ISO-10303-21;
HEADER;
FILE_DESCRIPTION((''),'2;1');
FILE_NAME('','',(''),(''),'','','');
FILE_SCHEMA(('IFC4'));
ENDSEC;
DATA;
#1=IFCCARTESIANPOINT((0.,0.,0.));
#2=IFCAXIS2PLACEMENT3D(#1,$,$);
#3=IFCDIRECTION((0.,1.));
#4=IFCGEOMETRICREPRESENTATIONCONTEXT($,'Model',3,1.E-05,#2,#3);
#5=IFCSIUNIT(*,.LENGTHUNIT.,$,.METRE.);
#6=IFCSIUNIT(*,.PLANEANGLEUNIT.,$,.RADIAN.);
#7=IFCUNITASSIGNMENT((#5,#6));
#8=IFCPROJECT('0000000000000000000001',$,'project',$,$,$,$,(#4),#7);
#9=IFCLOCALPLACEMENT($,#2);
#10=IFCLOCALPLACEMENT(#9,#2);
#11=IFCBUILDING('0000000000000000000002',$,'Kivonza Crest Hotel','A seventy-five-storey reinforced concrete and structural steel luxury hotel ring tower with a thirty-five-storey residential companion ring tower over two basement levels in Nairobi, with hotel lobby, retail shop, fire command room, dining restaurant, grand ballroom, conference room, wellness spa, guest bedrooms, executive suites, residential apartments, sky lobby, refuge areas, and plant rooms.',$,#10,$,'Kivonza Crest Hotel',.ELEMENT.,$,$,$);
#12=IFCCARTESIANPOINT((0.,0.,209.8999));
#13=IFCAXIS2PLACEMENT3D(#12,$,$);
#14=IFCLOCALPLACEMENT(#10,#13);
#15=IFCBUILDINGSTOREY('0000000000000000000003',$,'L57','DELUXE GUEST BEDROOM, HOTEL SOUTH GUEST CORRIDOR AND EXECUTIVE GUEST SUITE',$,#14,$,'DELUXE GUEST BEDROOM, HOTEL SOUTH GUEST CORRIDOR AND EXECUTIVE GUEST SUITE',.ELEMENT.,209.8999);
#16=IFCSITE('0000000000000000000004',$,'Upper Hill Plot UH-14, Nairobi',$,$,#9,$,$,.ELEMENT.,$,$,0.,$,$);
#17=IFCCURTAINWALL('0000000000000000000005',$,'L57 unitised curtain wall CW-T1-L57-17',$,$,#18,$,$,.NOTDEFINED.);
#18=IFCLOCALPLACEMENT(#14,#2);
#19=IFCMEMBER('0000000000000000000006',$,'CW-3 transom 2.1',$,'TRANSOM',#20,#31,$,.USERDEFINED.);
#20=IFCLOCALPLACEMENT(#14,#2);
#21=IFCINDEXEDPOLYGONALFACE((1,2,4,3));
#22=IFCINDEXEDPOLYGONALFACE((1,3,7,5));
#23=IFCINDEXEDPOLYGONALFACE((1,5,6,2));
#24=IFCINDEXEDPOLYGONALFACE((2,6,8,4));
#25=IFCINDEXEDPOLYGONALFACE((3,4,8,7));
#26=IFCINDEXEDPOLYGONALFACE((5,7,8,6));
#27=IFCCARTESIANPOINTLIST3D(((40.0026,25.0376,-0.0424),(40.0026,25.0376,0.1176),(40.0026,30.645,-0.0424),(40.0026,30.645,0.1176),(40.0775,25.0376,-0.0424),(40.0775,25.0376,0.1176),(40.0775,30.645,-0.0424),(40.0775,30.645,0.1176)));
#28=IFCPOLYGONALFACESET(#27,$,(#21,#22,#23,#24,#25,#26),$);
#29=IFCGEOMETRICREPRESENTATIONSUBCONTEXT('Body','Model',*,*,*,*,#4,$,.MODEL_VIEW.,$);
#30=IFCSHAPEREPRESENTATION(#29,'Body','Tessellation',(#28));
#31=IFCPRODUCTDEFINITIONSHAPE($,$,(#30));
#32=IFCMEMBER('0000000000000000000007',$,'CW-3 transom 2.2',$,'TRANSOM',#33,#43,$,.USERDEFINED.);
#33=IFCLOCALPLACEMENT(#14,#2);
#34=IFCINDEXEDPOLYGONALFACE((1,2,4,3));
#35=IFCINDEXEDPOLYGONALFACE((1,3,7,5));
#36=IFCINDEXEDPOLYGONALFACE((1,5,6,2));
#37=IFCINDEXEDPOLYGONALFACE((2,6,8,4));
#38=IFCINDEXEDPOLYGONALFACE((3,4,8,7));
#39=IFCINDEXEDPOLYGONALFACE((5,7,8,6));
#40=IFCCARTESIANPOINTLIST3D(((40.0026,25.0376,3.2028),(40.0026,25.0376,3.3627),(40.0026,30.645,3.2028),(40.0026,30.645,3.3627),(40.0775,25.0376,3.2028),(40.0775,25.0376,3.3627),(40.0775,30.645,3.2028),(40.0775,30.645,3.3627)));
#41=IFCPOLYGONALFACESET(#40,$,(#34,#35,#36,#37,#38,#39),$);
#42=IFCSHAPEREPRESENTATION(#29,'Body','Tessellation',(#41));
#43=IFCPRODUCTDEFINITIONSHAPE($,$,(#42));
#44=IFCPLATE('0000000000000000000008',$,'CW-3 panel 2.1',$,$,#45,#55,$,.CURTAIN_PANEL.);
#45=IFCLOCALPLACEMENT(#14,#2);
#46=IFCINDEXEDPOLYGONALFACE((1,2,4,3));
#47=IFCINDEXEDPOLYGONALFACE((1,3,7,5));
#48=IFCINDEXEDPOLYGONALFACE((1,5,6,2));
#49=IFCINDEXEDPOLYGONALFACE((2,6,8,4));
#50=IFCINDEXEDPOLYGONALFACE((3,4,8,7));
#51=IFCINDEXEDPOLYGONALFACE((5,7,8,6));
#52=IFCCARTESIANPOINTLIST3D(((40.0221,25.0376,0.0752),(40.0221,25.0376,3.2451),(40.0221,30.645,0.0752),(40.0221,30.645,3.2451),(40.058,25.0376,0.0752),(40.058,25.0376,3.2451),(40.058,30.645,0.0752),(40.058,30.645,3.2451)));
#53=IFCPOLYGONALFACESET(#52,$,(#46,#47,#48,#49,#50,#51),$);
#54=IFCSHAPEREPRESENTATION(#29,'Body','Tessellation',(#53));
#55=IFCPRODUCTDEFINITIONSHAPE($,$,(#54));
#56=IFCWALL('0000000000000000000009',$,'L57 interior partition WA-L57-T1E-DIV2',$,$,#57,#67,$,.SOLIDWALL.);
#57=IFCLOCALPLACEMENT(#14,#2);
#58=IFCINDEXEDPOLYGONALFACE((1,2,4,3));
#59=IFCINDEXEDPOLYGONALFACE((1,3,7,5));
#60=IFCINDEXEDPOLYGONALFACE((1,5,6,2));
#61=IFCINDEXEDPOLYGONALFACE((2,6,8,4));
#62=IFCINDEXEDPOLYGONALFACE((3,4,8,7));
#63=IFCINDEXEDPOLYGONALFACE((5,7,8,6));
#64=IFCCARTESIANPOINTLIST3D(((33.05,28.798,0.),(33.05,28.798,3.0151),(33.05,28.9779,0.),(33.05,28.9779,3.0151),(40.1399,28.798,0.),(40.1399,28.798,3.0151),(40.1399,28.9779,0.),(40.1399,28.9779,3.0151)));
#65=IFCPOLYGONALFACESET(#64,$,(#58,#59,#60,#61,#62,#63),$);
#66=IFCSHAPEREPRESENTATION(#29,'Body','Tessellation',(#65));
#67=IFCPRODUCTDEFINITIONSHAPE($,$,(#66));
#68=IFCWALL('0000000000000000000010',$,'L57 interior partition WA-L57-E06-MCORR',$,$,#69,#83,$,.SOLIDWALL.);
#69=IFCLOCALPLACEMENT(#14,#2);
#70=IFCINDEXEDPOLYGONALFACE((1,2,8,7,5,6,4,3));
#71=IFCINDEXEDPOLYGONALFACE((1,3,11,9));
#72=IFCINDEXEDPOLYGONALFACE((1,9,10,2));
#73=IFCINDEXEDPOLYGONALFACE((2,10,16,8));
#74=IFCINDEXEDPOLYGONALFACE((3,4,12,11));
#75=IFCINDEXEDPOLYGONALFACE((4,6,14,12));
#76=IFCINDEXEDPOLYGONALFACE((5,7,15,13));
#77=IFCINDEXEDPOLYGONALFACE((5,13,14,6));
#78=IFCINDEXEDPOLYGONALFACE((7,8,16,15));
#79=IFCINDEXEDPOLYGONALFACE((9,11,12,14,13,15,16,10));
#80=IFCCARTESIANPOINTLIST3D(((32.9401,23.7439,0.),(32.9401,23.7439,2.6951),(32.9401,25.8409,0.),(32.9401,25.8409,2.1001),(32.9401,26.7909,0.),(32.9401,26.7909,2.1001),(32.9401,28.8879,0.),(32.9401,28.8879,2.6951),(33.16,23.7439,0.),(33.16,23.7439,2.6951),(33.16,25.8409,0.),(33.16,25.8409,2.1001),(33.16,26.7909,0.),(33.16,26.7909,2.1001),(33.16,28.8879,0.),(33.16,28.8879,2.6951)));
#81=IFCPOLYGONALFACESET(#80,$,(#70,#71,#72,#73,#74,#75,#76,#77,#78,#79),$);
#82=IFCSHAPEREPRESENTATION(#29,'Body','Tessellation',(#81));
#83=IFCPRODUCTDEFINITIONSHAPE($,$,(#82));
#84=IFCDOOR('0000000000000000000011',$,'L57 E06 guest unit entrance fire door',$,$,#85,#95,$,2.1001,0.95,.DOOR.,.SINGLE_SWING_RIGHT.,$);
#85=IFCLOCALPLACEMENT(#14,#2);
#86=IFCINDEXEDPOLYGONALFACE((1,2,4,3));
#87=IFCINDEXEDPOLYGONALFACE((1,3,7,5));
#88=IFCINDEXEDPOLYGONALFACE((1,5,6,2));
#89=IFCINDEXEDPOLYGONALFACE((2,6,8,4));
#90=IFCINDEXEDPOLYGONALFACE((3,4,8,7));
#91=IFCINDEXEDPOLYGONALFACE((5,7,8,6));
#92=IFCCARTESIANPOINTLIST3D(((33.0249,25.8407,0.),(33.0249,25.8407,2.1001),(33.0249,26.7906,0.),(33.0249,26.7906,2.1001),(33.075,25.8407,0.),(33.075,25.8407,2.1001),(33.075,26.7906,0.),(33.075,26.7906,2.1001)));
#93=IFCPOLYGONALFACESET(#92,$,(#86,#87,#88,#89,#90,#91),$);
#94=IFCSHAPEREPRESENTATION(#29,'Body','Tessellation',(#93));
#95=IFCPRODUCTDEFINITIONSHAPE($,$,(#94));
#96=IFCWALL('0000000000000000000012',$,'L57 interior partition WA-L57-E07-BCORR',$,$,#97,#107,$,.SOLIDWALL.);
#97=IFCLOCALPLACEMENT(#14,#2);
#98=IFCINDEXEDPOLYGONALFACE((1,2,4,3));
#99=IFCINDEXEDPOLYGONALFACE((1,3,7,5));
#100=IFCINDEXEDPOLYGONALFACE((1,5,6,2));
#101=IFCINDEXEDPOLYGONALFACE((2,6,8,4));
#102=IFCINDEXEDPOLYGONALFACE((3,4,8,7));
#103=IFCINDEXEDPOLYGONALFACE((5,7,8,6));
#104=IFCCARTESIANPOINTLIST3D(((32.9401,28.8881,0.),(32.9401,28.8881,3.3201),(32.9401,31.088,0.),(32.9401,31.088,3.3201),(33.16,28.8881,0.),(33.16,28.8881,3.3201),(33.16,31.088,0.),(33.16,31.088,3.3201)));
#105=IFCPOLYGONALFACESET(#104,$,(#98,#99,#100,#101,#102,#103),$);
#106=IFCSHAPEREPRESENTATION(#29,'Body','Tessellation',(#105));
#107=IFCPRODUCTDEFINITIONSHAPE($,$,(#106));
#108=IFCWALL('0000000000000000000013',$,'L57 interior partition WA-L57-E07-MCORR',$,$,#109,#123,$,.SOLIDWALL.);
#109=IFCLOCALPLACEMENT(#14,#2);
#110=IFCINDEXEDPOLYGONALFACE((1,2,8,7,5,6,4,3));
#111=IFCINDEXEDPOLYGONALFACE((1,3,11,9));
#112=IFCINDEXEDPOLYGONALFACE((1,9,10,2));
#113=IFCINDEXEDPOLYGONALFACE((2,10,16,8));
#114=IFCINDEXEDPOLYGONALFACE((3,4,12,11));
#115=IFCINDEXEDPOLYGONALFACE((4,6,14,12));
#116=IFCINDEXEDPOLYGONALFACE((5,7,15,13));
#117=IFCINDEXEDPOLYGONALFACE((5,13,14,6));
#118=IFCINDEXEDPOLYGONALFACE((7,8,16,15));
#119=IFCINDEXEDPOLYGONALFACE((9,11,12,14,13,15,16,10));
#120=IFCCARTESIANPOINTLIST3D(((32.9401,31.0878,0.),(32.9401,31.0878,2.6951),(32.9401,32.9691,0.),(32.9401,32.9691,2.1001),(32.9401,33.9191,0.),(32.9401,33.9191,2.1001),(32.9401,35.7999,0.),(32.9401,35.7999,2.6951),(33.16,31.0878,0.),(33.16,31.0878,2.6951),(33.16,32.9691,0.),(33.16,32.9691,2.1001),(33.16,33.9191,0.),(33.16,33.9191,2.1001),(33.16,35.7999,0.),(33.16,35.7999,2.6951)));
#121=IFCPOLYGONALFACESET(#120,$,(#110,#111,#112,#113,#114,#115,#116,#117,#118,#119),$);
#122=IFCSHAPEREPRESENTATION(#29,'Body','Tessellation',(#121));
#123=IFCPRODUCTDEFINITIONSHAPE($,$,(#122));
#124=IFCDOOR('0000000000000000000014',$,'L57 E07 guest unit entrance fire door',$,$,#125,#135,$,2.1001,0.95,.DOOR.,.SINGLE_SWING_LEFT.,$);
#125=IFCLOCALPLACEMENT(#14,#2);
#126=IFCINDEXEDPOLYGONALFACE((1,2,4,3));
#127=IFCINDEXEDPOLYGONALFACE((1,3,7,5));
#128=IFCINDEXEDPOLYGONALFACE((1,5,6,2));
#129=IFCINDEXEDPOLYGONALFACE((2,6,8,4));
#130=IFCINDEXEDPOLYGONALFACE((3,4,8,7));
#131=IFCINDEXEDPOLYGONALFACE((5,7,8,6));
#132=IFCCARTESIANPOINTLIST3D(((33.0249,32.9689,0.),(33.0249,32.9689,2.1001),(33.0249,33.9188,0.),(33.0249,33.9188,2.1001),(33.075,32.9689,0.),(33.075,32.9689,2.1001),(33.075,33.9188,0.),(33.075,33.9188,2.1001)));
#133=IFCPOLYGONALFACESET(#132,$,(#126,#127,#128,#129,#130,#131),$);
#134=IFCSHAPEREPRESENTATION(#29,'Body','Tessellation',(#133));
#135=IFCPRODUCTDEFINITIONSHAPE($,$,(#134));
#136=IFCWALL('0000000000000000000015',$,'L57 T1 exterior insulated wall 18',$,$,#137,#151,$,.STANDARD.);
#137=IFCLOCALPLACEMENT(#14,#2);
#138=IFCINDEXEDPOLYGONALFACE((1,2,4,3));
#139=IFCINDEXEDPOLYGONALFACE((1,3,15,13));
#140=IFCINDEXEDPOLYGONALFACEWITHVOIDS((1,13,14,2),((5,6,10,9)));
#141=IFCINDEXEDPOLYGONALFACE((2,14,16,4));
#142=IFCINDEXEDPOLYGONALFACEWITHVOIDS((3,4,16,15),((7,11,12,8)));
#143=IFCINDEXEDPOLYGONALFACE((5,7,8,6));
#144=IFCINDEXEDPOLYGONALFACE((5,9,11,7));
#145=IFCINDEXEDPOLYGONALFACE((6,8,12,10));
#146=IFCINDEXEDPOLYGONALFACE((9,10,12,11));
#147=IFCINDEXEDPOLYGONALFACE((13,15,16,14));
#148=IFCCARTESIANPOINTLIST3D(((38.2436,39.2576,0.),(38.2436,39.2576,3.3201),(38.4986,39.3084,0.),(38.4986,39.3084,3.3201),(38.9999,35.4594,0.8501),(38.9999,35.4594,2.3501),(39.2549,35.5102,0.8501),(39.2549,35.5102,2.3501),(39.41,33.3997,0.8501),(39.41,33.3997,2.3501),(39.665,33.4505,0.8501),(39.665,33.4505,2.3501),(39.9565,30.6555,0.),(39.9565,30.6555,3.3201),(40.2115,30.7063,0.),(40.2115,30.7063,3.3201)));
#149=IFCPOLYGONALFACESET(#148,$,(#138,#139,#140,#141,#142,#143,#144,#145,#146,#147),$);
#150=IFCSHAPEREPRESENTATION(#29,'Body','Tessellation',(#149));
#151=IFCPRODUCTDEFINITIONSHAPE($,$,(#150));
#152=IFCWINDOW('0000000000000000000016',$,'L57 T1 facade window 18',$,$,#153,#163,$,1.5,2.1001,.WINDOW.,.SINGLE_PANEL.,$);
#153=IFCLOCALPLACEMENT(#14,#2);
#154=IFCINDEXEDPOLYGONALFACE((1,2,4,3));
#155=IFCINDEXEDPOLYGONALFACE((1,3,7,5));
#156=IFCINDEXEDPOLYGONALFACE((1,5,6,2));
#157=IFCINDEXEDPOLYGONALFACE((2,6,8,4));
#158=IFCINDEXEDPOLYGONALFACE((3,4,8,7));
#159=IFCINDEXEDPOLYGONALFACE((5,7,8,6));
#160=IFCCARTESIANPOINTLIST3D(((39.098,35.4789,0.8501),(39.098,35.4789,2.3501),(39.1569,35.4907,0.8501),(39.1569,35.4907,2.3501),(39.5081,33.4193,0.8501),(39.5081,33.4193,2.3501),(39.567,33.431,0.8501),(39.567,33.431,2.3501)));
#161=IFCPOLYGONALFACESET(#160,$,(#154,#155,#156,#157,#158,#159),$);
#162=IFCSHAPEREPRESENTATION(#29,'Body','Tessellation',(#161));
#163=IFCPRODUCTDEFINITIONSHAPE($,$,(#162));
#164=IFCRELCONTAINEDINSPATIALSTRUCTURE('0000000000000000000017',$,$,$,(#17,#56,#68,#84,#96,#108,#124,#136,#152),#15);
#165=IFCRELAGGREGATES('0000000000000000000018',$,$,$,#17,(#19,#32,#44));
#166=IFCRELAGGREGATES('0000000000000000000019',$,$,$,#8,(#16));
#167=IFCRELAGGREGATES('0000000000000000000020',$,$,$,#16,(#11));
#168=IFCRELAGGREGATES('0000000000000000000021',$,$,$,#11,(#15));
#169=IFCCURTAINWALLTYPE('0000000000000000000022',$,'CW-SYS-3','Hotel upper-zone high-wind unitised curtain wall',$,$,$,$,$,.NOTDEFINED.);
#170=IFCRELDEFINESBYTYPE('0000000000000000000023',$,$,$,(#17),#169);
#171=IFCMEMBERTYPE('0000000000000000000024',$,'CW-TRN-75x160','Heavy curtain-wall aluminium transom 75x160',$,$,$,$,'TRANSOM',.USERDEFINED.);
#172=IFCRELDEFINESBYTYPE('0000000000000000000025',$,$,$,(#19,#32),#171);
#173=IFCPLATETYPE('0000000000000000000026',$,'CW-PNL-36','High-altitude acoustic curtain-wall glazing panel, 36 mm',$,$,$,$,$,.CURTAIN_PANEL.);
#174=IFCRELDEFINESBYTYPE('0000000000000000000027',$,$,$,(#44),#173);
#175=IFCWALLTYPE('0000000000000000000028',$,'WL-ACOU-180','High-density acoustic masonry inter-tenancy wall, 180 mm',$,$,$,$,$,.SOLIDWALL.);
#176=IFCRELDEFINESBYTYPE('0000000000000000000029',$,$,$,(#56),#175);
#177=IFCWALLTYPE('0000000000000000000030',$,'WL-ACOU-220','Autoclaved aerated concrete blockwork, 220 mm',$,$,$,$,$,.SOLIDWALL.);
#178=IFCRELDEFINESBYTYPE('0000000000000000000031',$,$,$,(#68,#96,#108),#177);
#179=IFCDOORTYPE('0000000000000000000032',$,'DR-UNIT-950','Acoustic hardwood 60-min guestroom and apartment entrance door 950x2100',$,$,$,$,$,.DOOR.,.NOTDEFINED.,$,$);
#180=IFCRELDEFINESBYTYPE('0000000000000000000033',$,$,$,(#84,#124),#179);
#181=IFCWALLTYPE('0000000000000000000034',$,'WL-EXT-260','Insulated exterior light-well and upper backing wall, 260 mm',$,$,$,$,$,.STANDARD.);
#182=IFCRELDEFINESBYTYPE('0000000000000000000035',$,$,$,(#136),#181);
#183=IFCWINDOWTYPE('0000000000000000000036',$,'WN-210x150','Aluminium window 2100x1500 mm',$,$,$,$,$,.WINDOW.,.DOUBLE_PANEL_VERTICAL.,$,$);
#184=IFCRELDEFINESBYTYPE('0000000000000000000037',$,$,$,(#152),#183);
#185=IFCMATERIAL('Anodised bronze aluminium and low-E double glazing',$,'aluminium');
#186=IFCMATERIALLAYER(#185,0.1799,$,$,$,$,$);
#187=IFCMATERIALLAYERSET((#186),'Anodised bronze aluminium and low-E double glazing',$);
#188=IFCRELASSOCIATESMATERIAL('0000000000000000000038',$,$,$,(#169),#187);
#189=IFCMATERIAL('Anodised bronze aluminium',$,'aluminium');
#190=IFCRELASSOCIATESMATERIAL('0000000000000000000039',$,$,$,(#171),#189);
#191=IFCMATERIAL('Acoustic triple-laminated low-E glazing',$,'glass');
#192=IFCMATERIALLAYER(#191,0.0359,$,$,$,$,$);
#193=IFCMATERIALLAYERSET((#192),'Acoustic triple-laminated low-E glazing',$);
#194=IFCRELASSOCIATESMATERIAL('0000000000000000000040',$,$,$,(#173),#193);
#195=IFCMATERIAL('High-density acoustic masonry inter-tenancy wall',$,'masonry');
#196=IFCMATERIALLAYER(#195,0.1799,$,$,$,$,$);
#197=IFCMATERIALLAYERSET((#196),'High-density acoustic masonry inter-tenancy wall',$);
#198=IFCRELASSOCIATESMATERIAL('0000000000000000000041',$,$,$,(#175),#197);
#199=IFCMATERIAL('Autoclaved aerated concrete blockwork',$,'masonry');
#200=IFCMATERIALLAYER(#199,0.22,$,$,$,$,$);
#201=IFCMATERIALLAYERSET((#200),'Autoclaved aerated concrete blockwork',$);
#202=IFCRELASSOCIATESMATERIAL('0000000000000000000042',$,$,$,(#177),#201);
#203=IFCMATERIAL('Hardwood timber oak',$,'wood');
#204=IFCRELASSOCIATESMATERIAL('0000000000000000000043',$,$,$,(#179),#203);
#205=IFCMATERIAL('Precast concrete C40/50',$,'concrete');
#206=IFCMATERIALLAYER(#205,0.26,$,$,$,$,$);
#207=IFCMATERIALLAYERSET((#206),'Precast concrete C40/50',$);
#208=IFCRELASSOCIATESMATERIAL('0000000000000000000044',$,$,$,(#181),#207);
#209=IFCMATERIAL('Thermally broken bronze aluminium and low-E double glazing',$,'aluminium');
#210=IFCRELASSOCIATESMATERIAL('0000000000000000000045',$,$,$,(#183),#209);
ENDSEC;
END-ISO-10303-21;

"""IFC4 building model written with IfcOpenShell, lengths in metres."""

from ifc_helpers import new_model, si_unit, direction, frame, frame_2d, origin, origin_2d, place, context, subcontext, project, spatial, rectangle, extrude, material, layer, layer_set, material_profile, profile_set, type_object, element, fill, aggregate, save


model = new_model("IFC4")

# Units and contexts
model_context = context("Model", 3, precision=1e-05, world=origin(), true_north=direction((0.0, 1.0)))
body_context = subcontext(model_context, "Body", "Model", "MODEL_VIEW")
ifc_project = project(units=[si_unit("LENGTHUNIT", "METRE"), si_unit("PLANEANGLEUNIT", "RADIAN")], contexts=[model_context])

# Site, building, storey
site_placement = place(None, origin())
site = spatial("IfcSite", under=ifc_project, at=site_placement, Name="Upper Hill Plot UH-14, Nairobi", CompositionType="ELEMENT", RefElevation=0.0)
building_placement = place(site_placement, origin())
building = spatial("IfcBuilding", under=site, at=building_placement, Name="Kivonza Crest Hotel", Description="A seventy-five-storey reinforced concrete and structural steel luxury hotel ring tower with a thirty-five-storey residential companion ring tower over two basement levels in Nairobi, with hotel lobby, retail shop, fire command room, dining restaurant, grand ballroom, conference room, wellness spa, guest bedrooms, executive suites, residential apartments, sky lobby, refuge areas, and plant rooms.", LongName="Kivonza Crest Hotel", CompositionType="ELEMENT")
storey_placement = place(building_placement, frame((0.0, 0.0, 209.8999)))
storey = spatial("IfcBuildingStorey", under=building, at=storey_placement, Name="L57", Description="DELUXE GUEST BEDROOM, HOTEL SOUTH GUEST CORRIDOR AND EXECUTIVE GUEST SUITE", LongName="DELUXE GUEST BEDROOM, HOTEL SOUTH GUEST CORRIDOR AND EXECUTIVE GUEST SUITE", CompositionType="ELEMENT", Elevation=209.8999)

# Curtain wall, members, plate
ifc_material_1 = material(Name="Anodised bronze aluminium and low-E double glazing", Category="aluminium")
ifc_layer_1 = layer(ifc_material_1, 0.1799)
ifc_layer_set_1 = layer_set([ifc_layer_1], Name="Anodised bronze aluminium and low-E double glazing")
curtain_wall_type = type_object("IfcCurtainWallType", Name="CW-SYS-3", Description="Hotel upper-zone high-wind unitised curtain wall", PredefinedType="NOTDEFINED", material=ifc_layer_set_1)
curtain_wall_placement = place(storey_placement, origin())
curtain_wall = element("IfcCurtainWall", 1, at=curtain_wall_placement, inside=storey, type_object=curtain_wall_type, Name="L57 unitised curtain wall CW-T1-L57-17", PredefinedType="NOTDEFINED")
ifc_material_2 = material(Name="Anodised bronze aluminium", Category="aluminium")
ifc_material_profile_1 = material_profile(ifc_material_2, rectangle(XDim=0.075, YDim=0.1599, at=origin_2d()), Name="CW-T 75x160")
ifc_profile_set_1 = profile_set([ifc_material_profile_1], Name="Anodised bronze aluminium")
member_type_1 = type_object("IfcMemberType", Name="CW-TRN-75x160", Description="Heavy curtain-wall aluminium transom 75x160", ElementType="TRANSOM", PredefinedType="USERDEFINED", material=ifc_profile_set_1)
member_1_placement = place(storey_placement, frame((40.04, 25.0376, 0.0376), z_axis=(0.0, 1.0, 0.0), x_axis=(-1.0, 0.0, 0.0)))
member_1 = element("IfcMember", 2, at=member_1_placement, type_object=member_type_1, Name="CW-3 transom 2.1", ObjectType="TRANSOM", PredefinedType="USERDEFINED", context=body_context, shape_type="SweptSolid", body=[
    extrude(rectangle(XDim=0.075, YDim=0.1599, at=origin_2d()), origin(), (0.0, 0.0, 1.0), 5.6074),
])
member_2_placement = place(storey_placement, frame((40.04, 25.0376, 3.2827), z_axis=(0.0, 1.0, 0.0), x_axis=(-1.0, 0.0, 0.0)))
member_2 = element("IfcMember", 3, at=member_2_placement, type_object=member_type_1, Name="CW-3 transom 2.2", ObjectType="TRANSOM", PredefinedType="USERDEFINED", context=body_context, shape_type="SweptSolid", body=[
    extrude(rectangle(XDim=0.075, YDim=0.1599, at=origin_2d()), origin(), (0.0, 0.0, 1.0), 5.6074),
])
ifc_material_3 = material(Name="Acoustic triple-laminated low-E glazing", Category="glass")
ifc_layer_2 = layer(ifc_material_3, 0.0359)
ifc_layer_set_2 = layer_set([ifc_layer_2], Name="Acoustic triple-laminated low-E glazing")
plate_type = type_object("IfcPlateType", Name="CW-PNL-36", Description="High-altitude acoustic curtain-wall glazing panel, 36 mm", PredefinedType="CURTAIN_PANEL", material=ifc_layer_set_2)
plate_placement = place(storey_placement, frame((40.04, 27.8413, 0.0752), z_axis=(0.0, 0.0, 1.0), x_axis=(0.0, 1.0, 0.0)))
plate = element("IfcPlate", 4, at=plate_placement, type_object=plate_type, Name="CW-3 panel 2.1", PredefinedType="CURTAIN_PANEL", context=body_context, shape_type="SweptSolid", body=[
    extrude(rectangle(XDim=5.6074, YDim=0.0359, at=origin_2d()), origin(), (0.0, 0.0, 1.0), 3.1699),
])
aggregate(curtain_wall, [member_1, member_2, plate])

# Wall
ifc_material_4 = material(Name="High-density acoustic masonry inter-tenancy wall", Category="masonry")
ifc_layer_3 = layer(ifc_material_4, 0.1799)
ifc_layer_set_3 = layer_set([ifc_layer_3], Name="High-density acoustic masonry inter-tenancy wall")
wall_type_1 = type_object("IfcWallType", Name="WL-ACOU-180", Description="High-density acoustic masonry inter-tenancy wall, 180 mm", PredefinedType="SOLIDWALL", material=ifc_layer_set_3)
wall_1_placement = place(storey_placement, frame((33.05, 28.8879, 0.0), z_axis=(0.0, 0.0, 1.0), x_axis=(1.0, 0.0, 0.0)))
element("IfcWall", 5, at=wall_1_placement, inside=storey, type_object=wall_type_1, Name="L57 interior partition WA-L57-T1E-DIV2", PredefinedType="SOLIDWALL", context=body_context, shape_type="SweptSolid", body=[
    extrude(rectangle(XDim=7.0898, YDim=0.1799, at=frame_2d((3.5449, 0.0))), origin(), (0.0, 0.0, 1.0), 3.0151),
])

# Wall, opening, door
ifc_material_5 = material(Name="Autoclaved aerated concrete blockwork", Category="masonry")
ifc_layer_4 = layer(ifc_material_5, 0.22)
ifc_layer_set_4 = layer_set([ifc_layer_4], Name="Autoclaved aerated concrete blockwork")
wall_type_2 = type_object("IfcWallType", Name="WL-ACOU-220", Description="Autoclaved aerated concrete blockwork, 220 mm", PredefinedType="SOLIDWALL", material=ifc_layer_set_4)
wall_2_placement = place(storey_placement, frame((33.05, 23.7439, 0.0), z_axis=(0.0, 0.0, 1.0), x_axis=(0.0, 1.0, 0.0)))
wall_2 = element("IfcWall", 6, at=wall_2_placement, inside=storey, type_object=wall_type_2, Name="L57 interior partition WA-L57-E06-MCORR", PredefinedType="SOLIDWALL", context=body_context, shape_type="SweptSolid", body=[
    extrude(rectangle(XDim=5.144, YDim=0.22, at=frame_2d((2.572, 0.0))), origin(), (0.0, 0.0, 1.0), 2.6951),
])
opening_1_placement = place(wall_2_placement, frame((2.0969, 0.0, 0.0)))
opening_1 = element("IfcOpeningElement", 7, at=opening_1_placement, cuts=wall_2, PredefinedType="OPENING", context=body_context, shape_type="SweptSolid", body=[
    extrude(rectangle(XDim=0.95, YDim=2.1001, at=frame_2d((0.4751, 1.05))), frame((0.0, 0.1201, 0.0), z_axis=(0.0, -1.0, 0.0), x_axis=(1.0, 0.0, 0.0)), (0.0, 0.0, 1.0), 0.24),
])
ifc_material_6 = material(Name="Hardwood timber oak", Category="wood")
door_type_1 = type_object("IfcDoorType", Name="DR-UNIT-950", Description="Acoustic hardwood 60-min guestroom and apartment entrance door 950x2100", OperationType="NOTDEFINED", PredefinedType="DOOR", material=ifc_material_6)
door_1_placement = place(opening_1_placement, frame((0.95, 0.0, 0.0), z_axis=(0.0, 0.0, 1.0), x_axis=(-1.0, 0.0, 0.0)))
door_1 = element("IfcDoor", 8, at=door_1_placement, inside=storey, type_object=door_type_1, Name="L57 E06 guest unit entrance fire door", OperationType="SINGLE_SWING_RIGHT", OverallHeight=2.1001, OverallWidth=0.95, PredefinedType="DOOR", context=body_context, shape_type="SweptSolid", body=[
    extrude(rectangle(XDim=0.95, YDim=2.1001, at=frame_2d((0.4751, 1.05))), frame((0.0, 0.0249, 0.0), z_axis=(0.0, -1.0, 0.0), x_axis=(1.0, 0.0, 0.0)), (0.0, 0.0, 1.0), 0.05),
])
fill(opening_1, door_1)

# Wall
wall_3_placement = place(storey_placement, frame((33.05, 28.8879, 0.0), z_axis=(0.0, 0.0, 1.0), x_axis=(0.0, 1.0, 0.0)))
element("IfcWall", 9, at=wall_3_placement, inside=storey, type_object=wall_type_2, Name="L57 interior partition WA-L57-E07-BCORR", PredefinedType="SOLIDWALL", context=body_context, shape_type="SweptSolid", body=[
    extrude(rectangle(XDim=2.2, YDim=0.22, at=frame_2d((1.1001, 0.0))), origin(), (0.0, 0.0, 1.0), 3.3201),
])

# Wall, opening, door
wall_4_placement = place(storey_placement, frame((33.05, 31.0879, 0.0), z_axis=(0.0, 0.0, 1.0), x_axis=(0.0, 1.0, 0.0)))
wall_4 = element("IfcWall", 10, at=wall_4_placement, inside=storey, type_object=wall_type_2, Name="L57 interior partition WA-L57-E07-MCORR", PredefinedType="SOLIDWALL", context=body_context, shape_type="SweptSolid", body=[
    extrude(rectangle(XDim=4.7122, YDim=0.22, at=frame_2d((2.356, 0.0))), origin(), (0.0, 0.0, 1.0), 2.6951),
])
opening_2_placement = place(wall_4_placement, frame((1.8811, 0.0, 0.0)))
opening_2 = element("IfcOpeningElement", 11, at=opening_2_placement, cuts=wall_4, PredefinedType="OPENING", context=body_context, shape_type="SweptSolid", body=[
    extrude(rectangle(XDim=0.95, YDim=2.1001, at=frame_2d((0.4751, 1.05))), frame((0.0, 0.1201, 0.0), z_axis=(0.0, -1.0, 0.0), x_axis=(1.0, 0.0, 0.0)), (0.0, 0.0, 1.0), 0.24),
])
door_2_placement = place(opening_2_placement, frame((0.95, 0.0, 0.0), z_axis=(0.0, 0.0, 1.0), x_axis=(-1.0, 0.0, 0.0)))
door_2 = element("IfcDoor", 12, at=door_2_placement, inside=storey, type_object=door_type_1, Name="L57 E07 guest unit entrance fire door", OperationType="SINGLE_SWING_LEFT", OverallHeight=2.1001, OverallWidth=0.95, PredefinedType="DOOR", context=body_context, shape_type="SweptSolid", body=[
    extrude(rectangle(XDim=0.95, YDim=2.1001, at=frame_2d((0.4751, 1.05))), frame((0.0, 0.0249, 0.0), z_axis=(0.0, -1.0, 0.0), x_axis=(1.0, 0.0, 0.0)), (0.0, 0.0, 1.0), 0.05),
])
fill(opening_2, door_2)

# Wall, opening, window
ifc_material_7 = material(Name="Precast concrete C40/50", Category="concrete")
ifc_layer_5 = layer(ifc_material_7, 0.26)
ifc_layer_set_5 = layer_set([ifc_layer_5], Name="Precast concrete C40/50")
wall_type_3 = type_object("IfcWallType", Name="WL-EXT-260", Description="Insulated exterior light-well and upper backing wall, 260 mm", PredefinedType="STANDARD", material=ifc_layer_set_5)
wall_5_placement = place(storey_placement, frame((40.084, 30.6809, 0.0), z_axis=(0.0, 0.0, 1.0), x_axis=(-0.195292, 0.980745, 0.0)))
wall_5 = element("IfcWall", 13, at=wall_5_placement, inside=storey, type_object=wall_type_3, Name="L57 T1 exterior insulated wall 18", PredefinedType="STANDARD", context=body_context, shape_type="SweptSolid", body=[
    extrude(rectangle(XDim=8.771, YDim=0.26, at=frame_2d((4.3855, 0.0))), origin(), (0.0, 0.0, 1.0), 3.3201),
])
opening_3_placement = place(wall_5_placement, frame((2.7981, 0.0, 0.8501)))
opening_3 = element("IfcOpeningElement", 14, at=opening_3_placement, cuts=wall_5, PredefinedType="OPENING", context=body_context, shape_type="SweptSolid", body=[
    extrude(rectangle(XDim=2.1001, YDim=1.5, at=frame_2d((1.05, 0.75))), frame((0.0, 0.1401, 0.0), z_axis=(0.0, -1.0, 0.0), x_axis=(1.0, 0.0, 0.0)), (0.0, 0.0, 1.0), 0.28),
])
ifc_material_8 = material(Name="Thermally broken bronze aluminium and low-E double glazing", Category="aluminium")
window_type = type_object("IfcWindowType", Name="WN-210x150", Description="Aluminium window 2100x1500 mm", PartitioningType="DOUBLE_PANEL_VERTICAL", PredefinedType="WINDOW", material=ifc_material_8)
window_placement = place(opening_3_placement, origin())
window = element("IfcWindow", 15, at=window_placement, inside=storey, type_object=window_type, Name="L57 T1 facade window 18", OverallHeight=1.5, OverallWidth=2.1001, PartitioningType="SINGLE_PANEL", PredefinedType="WINDOW", context=body_context, shape_type="SweptSolid", body=[
    extrude(rectangle(XDim=2.1001, YDim=1.5, at=frame_2d((1.05, 0.75))), frame((0.0, 0.03, 0.0), z_axis=(0.0, -1.0, 0.0), x_axis=(1.0, 0.0, 0.0)), (0.0, 0.0, 1.0), 0.0601),
])
fill(opening_3, window)

save(model, "model.ifc")
